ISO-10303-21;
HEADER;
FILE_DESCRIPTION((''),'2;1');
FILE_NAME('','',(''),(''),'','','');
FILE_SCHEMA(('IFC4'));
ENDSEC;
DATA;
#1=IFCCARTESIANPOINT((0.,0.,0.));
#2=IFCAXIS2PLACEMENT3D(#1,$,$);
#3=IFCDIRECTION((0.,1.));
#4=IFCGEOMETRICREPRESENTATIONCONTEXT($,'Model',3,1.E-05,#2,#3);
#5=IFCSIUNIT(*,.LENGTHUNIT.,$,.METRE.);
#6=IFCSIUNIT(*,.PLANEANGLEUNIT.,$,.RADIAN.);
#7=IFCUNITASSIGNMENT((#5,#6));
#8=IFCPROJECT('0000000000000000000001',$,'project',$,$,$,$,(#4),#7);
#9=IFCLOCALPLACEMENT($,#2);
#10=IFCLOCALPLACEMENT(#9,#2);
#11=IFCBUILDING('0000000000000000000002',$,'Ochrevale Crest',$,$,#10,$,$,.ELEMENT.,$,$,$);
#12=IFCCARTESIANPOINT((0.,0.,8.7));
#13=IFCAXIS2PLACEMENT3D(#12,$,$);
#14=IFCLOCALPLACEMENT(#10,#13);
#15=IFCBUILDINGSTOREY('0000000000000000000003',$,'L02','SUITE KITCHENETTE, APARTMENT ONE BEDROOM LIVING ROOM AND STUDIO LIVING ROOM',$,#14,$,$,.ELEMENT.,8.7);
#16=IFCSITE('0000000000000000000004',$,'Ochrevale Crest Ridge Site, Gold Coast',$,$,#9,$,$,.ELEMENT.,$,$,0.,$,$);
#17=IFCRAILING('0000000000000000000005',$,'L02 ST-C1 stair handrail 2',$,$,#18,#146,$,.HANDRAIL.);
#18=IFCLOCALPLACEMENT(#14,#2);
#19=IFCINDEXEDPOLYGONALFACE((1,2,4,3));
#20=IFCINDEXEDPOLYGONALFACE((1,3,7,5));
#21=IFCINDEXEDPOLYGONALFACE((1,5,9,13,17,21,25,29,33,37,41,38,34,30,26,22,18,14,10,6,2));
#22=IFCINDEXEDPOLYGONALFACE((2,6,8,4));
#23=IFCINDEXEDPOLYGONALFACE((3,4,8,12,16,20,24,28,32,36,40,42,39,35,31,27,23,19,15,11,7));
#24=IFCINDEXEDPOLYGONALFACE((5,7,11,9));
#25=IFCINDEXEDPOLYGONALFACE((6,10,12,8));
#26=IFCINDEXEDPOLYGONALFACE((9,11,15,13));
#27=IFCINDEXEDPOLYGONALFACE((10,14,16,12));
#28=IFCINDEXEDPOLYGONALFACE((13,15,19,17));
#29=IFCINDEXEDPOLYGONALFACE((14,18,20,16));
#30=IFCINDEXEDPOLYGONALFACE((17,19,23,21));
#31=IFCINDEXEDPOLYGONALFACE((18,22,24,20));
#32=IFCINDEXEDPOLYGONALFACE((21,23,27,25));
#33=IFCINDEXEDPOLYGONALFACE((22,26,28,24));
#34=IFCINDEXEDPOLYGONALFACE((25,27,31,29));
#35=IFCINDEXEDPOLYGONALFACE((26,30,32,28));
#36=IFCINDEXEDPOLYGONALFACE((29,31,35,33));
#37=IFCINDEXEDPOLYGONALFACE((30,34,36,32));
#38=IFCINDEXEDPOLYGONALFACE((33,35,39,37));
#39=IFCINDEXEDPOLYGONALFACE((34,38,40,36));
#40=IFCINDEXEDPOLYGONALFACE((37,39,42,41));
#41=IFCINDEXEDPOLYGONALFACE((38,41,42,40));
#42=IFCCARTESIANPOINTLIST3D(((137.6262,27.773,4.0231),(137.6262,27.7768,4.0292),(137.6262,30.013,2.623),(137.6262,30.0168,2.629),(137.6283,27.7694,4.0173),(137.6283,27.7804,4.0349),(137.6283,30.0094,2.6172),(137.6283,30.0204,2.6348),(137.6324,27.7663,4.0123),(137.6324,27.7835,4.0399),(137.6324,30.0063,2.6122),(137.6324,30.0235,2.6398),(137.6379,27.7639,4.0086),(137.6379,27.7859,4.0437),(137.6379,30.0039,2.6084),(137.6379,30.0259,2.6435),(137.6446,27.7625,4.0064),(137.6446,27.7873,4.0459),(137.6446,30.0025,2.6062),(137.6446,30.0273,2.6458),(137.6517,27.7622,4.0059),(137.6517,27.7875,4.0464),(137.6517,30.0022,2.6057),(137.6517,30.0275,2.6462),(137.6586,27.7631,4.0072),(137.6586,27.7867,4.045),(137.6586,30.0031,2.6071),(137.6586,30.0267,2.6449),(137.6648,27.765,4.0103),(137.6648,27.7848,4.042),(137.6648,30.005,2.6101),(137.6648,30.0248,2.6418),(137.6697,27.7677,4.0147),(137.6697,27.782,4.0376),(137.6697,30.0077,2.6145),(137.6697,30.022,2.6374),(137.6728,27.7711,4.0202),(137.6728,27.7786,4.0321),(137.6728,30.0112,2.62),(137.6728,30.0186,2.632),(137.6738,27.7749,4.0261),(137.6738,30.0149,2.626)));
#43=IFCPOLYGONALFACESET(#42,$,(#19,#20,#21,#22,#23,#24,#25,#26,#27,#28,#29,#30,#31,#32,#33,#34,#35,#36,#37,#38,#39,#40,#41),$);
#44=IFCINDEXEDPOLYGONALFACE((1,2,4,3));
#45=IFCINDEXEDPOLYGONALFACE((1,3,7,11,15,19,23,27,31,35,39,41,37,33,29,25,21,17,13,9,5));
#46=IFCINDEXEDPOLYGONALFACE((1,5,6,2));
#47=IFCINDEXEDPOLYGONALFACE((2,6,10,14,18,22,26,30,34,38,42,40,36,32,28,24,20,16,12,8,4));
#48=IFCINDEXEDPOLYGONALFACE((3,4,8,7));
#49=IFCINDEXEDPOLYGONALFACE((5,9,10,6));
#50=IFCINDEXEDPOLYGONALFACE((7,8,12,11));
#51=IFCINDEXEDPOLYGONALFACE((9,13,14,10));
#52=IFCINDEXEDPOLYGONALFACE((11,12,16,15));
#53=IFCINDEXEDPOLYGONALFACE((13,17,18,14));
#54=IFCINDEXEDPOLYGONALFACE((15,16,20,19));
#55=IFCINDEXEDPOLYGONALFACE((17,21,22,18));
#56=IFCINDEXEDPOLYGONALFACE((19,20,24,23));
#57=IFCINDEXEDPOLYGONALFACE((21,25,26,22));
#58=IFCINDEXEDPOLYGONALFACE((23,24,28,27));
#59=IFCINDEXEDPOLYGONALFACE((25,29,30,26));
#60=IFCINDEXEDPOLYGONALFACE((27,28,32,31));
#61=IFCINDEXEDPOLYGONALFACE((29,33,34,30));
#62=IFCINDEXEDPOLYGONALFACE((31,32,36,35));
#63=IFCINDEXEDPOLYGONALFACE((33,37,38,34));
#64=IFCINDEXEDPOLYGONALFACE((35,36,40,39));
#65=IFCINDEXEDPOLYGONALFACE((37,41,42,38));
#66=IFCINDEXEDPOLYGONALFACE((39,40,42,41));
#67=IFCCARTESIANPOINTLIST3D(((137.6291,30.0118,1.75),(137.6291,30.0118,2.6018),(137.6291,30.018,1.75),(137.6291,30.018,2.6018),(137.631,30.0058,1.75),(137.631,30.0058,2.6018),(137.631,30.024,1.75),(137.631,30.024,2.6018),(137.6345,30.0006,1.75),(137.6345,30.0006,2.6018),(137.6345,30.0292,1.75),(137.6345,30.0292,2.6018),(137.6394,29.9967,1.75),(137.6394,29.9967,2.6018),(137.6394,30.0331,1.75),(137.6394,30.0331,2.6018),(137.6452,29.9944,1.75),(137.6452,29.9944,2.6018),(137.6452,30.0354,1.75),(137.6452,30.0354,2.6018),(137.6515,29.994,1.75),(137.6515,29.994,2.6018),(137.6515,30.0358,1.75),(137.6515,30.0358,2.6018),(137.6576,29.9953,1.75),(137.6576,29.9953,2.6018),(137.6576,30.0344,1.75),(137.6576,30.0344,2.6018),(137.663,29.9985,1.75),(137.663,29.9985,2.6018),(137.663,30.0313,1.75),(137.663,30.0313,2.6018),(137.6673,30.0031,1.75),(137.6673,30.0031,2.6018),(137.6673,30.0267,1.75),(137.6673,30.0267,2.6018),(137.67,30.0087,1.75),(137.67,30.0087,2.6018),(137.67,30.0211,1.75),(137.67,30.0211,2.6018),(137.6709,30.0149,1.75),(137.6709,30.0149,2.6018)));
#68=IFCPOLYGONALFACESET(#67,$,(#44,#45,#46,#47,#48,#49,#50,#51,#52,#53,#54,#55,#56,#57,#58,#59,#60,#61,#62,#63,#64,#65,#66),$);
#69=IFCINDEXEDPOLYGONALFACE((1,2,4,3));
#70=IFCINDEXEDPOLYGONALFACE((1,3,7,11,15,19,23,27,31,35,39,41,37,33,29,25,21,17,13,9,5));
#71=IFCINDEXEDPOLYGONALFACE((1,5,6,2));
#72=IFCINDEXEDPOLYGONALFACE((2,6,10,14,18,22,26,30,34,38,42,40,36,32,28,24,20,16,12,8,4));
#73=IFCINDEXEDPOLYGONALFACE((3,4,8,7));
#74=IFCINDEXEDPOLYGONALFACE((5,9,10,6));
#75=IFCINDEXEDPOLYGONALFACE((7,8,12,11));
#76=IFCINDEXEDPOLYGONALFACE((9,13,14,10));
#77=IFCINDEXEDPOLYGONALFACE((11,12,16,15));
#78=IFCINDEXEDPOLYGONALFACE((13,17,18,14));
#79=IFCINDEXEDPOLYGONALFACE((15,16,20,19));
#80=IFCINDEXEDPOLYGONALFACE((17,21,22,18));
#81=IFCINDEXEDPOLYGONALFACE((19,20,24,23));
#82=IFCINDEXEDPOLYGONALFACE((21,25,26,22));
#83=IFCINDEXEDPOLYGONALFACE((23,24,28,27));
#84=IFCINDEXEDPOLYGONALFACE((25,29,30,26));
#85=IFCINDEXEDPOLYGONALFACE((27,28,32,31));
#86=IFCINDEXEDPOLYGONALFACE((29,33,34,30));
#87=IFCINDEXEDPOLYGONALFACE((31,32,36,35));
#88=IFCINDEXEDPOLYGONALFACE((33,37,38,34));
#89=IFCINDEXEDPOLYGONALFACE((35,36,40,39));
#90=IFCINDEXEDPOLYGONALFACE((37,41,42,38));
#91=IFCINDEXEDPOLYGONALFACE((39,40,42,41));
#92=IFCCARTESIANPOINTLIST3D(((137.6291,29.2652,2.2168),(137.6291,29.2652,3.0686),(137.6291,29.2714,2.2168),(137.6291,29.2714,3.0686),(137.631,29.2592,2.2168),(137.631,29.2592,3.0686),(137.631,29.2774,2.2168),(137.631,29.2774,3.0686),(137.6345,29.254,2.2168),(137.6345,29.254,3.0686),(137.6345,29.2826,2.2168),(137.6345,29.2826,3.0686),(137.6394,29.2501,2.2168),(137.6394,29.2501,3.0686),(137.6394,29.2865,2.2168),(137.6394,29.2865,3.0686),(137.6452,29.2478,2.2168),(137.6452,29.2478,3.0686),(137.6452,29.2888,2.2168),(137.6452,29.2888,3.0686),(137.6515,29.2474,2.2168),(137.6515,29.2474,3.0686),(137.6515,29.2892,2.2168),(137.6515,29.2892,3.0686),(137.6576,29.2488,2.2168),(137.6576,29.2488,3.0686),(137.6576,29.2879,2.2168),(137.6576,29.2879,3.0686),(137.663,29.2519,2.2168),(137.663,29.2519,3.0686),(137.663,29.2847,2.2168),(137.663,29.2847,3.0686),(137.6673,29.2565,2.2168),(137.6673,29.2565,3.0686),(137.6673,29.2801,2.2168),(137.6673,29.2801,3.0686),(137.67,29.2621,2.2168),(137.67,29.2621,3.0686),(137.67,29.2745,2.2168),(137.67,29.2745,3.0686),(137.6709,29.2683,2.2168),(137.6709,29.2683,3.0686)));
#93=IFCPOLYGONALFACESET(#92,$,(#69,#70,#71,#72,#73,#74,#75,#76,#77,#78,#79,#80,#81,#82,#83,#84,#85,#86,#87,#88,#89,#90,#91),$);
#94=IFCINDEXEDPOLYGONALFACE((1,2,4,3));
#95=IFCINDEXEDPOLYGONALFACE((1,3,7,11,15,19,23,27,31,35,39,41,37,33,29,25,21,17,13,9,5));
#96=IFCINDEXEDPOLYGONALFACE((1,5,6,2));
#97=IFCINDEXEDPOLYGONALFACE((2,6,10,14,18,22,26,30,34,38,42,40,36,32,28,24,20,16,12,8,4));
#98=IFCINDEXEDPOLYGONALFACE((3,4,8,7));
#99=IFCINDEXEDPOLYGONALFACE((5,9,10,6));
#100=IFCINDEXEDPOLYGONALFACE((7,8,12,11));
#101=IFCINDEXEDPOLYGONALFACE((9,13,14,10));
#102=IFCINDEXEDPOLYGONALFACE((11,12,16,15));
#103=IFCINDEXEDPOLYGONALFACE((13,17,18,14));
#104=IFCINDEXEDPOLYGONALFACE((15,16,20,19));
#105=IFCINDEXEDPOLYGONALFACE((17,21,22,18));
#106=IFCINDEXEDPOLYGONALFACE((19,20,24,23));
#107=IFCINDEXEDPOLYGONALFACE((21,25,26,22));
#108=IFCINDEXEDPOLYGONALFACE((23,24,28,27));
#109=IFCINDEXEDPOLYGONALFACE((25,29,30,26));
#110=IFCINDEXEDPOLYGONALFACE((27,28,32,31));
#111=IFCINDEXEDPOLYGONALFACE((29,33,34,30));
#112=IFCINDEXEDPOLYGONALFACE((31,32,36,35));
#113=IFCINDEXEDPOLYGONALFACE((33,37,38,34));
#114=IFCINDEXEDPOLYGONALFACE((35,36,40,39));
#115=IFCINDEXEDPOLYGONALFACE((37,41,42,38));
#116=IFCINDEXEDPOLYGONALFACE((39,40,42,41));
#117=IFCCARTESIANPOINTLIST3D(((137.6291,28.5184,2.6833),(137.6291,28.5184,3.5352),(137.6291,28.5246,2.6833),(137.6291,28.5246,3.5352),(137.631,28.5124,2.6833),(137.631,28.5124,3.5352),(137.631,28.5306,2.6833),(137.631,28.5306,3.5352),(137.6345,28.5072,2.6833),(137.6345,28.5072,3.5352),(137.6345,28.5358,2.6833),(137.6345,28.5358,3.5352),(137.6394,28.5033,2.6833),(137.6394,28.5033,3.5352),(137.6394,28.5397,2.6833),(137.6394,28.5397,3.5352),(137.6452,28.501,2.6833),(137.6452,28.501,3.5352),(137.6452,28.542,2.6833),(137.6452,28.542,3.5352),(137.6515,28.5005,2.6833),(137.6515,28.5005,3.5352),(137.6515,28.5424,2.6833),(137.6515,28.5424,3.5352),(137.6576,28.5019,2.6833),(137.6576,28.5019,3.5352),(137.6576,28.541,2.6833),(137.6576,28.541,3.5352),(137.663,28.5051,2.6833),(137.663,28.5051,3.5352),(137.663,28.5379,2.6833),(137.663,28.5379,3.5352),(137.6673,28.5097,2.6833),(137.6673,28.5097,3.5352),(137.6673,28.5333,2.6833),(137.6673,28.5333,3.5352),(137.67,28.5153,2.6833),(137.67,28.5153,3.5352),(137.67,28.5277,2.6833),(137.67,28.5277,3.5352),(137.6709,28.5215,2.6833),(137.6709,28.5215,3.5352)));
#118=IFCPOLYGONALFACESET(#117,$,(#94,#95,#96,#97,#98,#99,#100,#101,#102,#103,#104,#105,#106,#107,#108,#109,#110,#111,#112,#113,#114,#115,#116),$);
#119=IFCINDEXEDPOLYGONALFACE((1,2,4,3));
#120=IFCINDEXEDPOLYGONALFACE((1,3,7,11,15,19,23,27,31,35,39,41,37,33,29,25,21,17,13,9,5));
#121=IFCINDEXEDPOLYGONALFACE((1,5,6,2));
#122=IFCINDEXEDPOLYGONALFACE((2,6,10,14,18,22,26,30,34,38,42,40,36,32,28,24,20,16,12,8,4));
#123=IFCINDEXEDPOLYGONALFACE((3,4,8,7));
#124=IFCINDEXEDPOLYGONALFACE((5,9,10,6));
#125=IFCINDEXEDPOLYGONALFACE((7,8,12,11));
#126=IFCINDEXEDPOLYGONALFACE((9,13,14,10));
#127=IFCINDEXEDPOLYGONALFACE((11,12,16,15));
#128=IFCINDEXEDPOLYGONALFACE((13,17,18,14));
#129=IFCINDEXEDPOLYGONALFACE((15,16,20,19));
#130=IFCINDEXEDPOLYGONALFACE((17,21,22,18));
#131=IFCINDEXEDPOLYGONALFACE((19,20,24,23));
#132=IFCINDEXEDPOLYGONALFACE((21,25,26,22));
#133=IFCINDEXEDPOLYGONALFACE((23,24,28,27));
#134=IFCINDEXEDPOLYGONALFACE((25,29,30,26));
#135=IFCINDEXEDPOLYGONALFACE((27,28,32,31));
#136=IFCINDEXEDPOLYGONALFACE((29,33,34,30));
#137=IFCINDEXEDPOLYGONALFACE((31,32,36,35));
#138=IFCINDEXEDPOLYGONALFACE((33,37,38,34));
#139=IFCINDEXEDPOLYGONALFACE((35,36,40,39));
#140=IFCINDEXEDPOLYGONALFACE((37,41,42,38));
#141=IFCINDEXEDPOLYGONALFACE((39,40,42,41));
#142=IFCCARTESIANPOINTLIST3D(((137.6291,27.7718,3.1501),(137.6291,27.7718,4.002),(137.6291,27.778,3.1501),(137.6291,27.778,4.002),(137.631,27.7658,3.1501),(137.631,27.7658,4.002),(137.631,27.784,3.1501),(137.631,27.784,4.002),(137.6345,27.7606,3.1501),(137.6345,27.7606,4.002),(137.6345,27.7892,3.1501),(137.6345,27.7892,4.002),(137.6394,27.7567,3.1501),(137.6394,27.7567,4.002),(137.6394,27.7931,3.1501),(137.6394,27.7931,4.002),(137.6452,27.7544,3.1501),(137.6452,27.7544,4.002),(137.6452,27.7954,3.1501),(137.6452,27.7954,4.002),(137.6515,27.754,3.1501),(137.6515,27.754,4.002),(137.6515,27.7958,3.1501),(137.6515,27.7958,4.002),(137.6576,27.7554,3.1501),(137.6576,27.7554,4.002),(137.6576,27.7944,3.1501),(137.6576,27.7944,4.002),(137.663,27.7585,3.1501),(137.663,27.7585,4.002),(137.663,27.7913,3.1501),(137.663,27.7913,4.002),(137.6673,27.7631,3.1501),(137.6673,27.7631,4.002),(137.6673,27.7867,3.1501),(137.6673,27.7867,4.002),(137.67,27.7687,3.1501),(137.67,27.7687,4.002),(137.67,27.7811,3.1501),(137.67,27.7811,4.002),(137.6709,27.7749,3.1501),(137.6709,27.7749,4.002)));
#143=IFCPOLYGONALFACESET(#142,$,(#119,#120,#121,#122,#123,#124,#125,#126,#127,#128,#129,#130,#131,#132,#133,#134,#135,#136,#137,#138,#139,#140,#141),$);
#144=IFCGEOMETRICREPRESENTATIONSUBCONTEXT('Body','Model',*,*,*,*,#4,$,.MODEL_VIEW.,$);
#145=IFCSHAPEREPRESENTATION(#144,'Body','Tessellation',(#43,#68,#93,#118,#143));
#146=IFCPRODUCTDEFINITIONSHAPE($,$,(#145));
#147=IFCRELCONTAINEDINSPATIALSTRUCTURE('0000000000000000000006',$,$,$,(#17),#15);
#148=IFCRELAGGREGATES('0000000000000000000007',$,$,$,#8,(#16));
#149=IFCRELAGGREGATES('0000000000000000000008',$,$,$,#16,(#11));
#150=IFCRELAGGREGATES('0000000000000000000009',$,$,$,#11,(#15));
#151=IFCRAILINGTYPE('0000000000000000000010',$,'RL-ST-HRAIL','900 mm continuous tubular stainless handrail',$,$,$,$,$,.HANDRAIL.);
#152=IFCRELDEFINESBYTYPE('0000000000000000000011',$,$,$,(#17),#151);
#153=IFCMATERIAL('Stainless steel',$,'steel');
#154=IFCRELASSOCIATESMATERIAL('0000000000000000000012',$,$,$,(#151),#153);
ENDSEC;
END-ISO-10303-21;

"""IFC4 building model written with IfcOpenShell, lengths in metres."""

from ifc_helpers import new_model, si_unit, direction, frame, origin, origin_2d, place, context, subcontext, project, spatial, circle, extrude, material, type_object, element, save


model = new_model("IFC4")

# Units and contexts
model_context = context("Model", 3, precision=1e-05, world=origin(), true_north=direction((0.0, 1.0)))
body_context = subcontext(model_context, "Body", "Model", "MODEL_VIEW")
ifc_project = project(units=[si_unit("LENGTHUNIT", "METRE"), si_unit("PLANEANGLEUNIT", "RADIAN")], contexts=[model_context])

# Site, building, storey
site_placement = place(None, origin())
site = spatial("IfcSite", under=ifc_project, at=site_placement, Name="Ochrevale Crest Ridge Site, Gold Coast", CompositionType="ELEMENT", RefElevation=0.0)
building_placement = place(site_placement, origin())
building = spatial("IfcBuilding", under=site, at=building_placement, Name="Ochrevale Crest", CompositionType="ELEMENT")
storey_placement = place(building_placement, frame((0.0, 0.0, 8.7)))
storey = spatial("IfcBuildingStorey", under=building, at=storey_placement, Name="L02", Description="SUITE KITCHENETTE, APARTMENT ONE BEDROOM LIVING ROOM AND STUDIO LIVING ROOM", CompositionType="ELEMENT", Elevation=8.7)

# Railing
ifc_material_1 = material(Name="Stainless steel", Category="steel")
railing_type_1 = type_object("IfcRailingType", Name="RL-ST-HRAIL", Description="900 mm continuous tubular stainless handrail", PredefinedType="HANDRAIL", material=ifc_material_1)
railing_1_placement = place(storey_placement, frame((137.6499, 30.0149, 1.75)))
element("IfcRailing", 1, at=railing_1_placement, inside=storey, type_object=railing_type_1, Name="L02 ST-C1 stair handrail 2", PredefinedType="HANDRAIL", context=body_context, shape_type="SweptSolid", body=[
    extrude(circle(Radius=0.0239, at=origin_2d()), frame((0.0, 0.0, 0.876), z_axis=(0.0, -0.847972, 0.53004), x_axis=(1.0, 0.0, 0.0)), (0.0, 0.0, 1.0), 2.6416),
    extrude(circle(Radius=0.021, at=origin_2d()), origin(), (0.0, 0.0, 1.0), 0.8518),
    extrude(circle(Radius=0.021, at=origin_2d()), frame((0.0, -0.7466, 0.4668)), (0.0, 0.0, 1.0), 0.8518),
    extrude(circle(Radius=0.021, at=origin_2d()), frame((0.0, -1.4934, 0.9333)), (0.0, 0.0, 1.0), 0.8518),
    extrude(circle(Radius=0.021, at=origin_2d()), frame((0.0, -2.24, 1.4001)), (0.0, 0.0, 1.0), 0.8518),
])

save(model, "model.ifc")
